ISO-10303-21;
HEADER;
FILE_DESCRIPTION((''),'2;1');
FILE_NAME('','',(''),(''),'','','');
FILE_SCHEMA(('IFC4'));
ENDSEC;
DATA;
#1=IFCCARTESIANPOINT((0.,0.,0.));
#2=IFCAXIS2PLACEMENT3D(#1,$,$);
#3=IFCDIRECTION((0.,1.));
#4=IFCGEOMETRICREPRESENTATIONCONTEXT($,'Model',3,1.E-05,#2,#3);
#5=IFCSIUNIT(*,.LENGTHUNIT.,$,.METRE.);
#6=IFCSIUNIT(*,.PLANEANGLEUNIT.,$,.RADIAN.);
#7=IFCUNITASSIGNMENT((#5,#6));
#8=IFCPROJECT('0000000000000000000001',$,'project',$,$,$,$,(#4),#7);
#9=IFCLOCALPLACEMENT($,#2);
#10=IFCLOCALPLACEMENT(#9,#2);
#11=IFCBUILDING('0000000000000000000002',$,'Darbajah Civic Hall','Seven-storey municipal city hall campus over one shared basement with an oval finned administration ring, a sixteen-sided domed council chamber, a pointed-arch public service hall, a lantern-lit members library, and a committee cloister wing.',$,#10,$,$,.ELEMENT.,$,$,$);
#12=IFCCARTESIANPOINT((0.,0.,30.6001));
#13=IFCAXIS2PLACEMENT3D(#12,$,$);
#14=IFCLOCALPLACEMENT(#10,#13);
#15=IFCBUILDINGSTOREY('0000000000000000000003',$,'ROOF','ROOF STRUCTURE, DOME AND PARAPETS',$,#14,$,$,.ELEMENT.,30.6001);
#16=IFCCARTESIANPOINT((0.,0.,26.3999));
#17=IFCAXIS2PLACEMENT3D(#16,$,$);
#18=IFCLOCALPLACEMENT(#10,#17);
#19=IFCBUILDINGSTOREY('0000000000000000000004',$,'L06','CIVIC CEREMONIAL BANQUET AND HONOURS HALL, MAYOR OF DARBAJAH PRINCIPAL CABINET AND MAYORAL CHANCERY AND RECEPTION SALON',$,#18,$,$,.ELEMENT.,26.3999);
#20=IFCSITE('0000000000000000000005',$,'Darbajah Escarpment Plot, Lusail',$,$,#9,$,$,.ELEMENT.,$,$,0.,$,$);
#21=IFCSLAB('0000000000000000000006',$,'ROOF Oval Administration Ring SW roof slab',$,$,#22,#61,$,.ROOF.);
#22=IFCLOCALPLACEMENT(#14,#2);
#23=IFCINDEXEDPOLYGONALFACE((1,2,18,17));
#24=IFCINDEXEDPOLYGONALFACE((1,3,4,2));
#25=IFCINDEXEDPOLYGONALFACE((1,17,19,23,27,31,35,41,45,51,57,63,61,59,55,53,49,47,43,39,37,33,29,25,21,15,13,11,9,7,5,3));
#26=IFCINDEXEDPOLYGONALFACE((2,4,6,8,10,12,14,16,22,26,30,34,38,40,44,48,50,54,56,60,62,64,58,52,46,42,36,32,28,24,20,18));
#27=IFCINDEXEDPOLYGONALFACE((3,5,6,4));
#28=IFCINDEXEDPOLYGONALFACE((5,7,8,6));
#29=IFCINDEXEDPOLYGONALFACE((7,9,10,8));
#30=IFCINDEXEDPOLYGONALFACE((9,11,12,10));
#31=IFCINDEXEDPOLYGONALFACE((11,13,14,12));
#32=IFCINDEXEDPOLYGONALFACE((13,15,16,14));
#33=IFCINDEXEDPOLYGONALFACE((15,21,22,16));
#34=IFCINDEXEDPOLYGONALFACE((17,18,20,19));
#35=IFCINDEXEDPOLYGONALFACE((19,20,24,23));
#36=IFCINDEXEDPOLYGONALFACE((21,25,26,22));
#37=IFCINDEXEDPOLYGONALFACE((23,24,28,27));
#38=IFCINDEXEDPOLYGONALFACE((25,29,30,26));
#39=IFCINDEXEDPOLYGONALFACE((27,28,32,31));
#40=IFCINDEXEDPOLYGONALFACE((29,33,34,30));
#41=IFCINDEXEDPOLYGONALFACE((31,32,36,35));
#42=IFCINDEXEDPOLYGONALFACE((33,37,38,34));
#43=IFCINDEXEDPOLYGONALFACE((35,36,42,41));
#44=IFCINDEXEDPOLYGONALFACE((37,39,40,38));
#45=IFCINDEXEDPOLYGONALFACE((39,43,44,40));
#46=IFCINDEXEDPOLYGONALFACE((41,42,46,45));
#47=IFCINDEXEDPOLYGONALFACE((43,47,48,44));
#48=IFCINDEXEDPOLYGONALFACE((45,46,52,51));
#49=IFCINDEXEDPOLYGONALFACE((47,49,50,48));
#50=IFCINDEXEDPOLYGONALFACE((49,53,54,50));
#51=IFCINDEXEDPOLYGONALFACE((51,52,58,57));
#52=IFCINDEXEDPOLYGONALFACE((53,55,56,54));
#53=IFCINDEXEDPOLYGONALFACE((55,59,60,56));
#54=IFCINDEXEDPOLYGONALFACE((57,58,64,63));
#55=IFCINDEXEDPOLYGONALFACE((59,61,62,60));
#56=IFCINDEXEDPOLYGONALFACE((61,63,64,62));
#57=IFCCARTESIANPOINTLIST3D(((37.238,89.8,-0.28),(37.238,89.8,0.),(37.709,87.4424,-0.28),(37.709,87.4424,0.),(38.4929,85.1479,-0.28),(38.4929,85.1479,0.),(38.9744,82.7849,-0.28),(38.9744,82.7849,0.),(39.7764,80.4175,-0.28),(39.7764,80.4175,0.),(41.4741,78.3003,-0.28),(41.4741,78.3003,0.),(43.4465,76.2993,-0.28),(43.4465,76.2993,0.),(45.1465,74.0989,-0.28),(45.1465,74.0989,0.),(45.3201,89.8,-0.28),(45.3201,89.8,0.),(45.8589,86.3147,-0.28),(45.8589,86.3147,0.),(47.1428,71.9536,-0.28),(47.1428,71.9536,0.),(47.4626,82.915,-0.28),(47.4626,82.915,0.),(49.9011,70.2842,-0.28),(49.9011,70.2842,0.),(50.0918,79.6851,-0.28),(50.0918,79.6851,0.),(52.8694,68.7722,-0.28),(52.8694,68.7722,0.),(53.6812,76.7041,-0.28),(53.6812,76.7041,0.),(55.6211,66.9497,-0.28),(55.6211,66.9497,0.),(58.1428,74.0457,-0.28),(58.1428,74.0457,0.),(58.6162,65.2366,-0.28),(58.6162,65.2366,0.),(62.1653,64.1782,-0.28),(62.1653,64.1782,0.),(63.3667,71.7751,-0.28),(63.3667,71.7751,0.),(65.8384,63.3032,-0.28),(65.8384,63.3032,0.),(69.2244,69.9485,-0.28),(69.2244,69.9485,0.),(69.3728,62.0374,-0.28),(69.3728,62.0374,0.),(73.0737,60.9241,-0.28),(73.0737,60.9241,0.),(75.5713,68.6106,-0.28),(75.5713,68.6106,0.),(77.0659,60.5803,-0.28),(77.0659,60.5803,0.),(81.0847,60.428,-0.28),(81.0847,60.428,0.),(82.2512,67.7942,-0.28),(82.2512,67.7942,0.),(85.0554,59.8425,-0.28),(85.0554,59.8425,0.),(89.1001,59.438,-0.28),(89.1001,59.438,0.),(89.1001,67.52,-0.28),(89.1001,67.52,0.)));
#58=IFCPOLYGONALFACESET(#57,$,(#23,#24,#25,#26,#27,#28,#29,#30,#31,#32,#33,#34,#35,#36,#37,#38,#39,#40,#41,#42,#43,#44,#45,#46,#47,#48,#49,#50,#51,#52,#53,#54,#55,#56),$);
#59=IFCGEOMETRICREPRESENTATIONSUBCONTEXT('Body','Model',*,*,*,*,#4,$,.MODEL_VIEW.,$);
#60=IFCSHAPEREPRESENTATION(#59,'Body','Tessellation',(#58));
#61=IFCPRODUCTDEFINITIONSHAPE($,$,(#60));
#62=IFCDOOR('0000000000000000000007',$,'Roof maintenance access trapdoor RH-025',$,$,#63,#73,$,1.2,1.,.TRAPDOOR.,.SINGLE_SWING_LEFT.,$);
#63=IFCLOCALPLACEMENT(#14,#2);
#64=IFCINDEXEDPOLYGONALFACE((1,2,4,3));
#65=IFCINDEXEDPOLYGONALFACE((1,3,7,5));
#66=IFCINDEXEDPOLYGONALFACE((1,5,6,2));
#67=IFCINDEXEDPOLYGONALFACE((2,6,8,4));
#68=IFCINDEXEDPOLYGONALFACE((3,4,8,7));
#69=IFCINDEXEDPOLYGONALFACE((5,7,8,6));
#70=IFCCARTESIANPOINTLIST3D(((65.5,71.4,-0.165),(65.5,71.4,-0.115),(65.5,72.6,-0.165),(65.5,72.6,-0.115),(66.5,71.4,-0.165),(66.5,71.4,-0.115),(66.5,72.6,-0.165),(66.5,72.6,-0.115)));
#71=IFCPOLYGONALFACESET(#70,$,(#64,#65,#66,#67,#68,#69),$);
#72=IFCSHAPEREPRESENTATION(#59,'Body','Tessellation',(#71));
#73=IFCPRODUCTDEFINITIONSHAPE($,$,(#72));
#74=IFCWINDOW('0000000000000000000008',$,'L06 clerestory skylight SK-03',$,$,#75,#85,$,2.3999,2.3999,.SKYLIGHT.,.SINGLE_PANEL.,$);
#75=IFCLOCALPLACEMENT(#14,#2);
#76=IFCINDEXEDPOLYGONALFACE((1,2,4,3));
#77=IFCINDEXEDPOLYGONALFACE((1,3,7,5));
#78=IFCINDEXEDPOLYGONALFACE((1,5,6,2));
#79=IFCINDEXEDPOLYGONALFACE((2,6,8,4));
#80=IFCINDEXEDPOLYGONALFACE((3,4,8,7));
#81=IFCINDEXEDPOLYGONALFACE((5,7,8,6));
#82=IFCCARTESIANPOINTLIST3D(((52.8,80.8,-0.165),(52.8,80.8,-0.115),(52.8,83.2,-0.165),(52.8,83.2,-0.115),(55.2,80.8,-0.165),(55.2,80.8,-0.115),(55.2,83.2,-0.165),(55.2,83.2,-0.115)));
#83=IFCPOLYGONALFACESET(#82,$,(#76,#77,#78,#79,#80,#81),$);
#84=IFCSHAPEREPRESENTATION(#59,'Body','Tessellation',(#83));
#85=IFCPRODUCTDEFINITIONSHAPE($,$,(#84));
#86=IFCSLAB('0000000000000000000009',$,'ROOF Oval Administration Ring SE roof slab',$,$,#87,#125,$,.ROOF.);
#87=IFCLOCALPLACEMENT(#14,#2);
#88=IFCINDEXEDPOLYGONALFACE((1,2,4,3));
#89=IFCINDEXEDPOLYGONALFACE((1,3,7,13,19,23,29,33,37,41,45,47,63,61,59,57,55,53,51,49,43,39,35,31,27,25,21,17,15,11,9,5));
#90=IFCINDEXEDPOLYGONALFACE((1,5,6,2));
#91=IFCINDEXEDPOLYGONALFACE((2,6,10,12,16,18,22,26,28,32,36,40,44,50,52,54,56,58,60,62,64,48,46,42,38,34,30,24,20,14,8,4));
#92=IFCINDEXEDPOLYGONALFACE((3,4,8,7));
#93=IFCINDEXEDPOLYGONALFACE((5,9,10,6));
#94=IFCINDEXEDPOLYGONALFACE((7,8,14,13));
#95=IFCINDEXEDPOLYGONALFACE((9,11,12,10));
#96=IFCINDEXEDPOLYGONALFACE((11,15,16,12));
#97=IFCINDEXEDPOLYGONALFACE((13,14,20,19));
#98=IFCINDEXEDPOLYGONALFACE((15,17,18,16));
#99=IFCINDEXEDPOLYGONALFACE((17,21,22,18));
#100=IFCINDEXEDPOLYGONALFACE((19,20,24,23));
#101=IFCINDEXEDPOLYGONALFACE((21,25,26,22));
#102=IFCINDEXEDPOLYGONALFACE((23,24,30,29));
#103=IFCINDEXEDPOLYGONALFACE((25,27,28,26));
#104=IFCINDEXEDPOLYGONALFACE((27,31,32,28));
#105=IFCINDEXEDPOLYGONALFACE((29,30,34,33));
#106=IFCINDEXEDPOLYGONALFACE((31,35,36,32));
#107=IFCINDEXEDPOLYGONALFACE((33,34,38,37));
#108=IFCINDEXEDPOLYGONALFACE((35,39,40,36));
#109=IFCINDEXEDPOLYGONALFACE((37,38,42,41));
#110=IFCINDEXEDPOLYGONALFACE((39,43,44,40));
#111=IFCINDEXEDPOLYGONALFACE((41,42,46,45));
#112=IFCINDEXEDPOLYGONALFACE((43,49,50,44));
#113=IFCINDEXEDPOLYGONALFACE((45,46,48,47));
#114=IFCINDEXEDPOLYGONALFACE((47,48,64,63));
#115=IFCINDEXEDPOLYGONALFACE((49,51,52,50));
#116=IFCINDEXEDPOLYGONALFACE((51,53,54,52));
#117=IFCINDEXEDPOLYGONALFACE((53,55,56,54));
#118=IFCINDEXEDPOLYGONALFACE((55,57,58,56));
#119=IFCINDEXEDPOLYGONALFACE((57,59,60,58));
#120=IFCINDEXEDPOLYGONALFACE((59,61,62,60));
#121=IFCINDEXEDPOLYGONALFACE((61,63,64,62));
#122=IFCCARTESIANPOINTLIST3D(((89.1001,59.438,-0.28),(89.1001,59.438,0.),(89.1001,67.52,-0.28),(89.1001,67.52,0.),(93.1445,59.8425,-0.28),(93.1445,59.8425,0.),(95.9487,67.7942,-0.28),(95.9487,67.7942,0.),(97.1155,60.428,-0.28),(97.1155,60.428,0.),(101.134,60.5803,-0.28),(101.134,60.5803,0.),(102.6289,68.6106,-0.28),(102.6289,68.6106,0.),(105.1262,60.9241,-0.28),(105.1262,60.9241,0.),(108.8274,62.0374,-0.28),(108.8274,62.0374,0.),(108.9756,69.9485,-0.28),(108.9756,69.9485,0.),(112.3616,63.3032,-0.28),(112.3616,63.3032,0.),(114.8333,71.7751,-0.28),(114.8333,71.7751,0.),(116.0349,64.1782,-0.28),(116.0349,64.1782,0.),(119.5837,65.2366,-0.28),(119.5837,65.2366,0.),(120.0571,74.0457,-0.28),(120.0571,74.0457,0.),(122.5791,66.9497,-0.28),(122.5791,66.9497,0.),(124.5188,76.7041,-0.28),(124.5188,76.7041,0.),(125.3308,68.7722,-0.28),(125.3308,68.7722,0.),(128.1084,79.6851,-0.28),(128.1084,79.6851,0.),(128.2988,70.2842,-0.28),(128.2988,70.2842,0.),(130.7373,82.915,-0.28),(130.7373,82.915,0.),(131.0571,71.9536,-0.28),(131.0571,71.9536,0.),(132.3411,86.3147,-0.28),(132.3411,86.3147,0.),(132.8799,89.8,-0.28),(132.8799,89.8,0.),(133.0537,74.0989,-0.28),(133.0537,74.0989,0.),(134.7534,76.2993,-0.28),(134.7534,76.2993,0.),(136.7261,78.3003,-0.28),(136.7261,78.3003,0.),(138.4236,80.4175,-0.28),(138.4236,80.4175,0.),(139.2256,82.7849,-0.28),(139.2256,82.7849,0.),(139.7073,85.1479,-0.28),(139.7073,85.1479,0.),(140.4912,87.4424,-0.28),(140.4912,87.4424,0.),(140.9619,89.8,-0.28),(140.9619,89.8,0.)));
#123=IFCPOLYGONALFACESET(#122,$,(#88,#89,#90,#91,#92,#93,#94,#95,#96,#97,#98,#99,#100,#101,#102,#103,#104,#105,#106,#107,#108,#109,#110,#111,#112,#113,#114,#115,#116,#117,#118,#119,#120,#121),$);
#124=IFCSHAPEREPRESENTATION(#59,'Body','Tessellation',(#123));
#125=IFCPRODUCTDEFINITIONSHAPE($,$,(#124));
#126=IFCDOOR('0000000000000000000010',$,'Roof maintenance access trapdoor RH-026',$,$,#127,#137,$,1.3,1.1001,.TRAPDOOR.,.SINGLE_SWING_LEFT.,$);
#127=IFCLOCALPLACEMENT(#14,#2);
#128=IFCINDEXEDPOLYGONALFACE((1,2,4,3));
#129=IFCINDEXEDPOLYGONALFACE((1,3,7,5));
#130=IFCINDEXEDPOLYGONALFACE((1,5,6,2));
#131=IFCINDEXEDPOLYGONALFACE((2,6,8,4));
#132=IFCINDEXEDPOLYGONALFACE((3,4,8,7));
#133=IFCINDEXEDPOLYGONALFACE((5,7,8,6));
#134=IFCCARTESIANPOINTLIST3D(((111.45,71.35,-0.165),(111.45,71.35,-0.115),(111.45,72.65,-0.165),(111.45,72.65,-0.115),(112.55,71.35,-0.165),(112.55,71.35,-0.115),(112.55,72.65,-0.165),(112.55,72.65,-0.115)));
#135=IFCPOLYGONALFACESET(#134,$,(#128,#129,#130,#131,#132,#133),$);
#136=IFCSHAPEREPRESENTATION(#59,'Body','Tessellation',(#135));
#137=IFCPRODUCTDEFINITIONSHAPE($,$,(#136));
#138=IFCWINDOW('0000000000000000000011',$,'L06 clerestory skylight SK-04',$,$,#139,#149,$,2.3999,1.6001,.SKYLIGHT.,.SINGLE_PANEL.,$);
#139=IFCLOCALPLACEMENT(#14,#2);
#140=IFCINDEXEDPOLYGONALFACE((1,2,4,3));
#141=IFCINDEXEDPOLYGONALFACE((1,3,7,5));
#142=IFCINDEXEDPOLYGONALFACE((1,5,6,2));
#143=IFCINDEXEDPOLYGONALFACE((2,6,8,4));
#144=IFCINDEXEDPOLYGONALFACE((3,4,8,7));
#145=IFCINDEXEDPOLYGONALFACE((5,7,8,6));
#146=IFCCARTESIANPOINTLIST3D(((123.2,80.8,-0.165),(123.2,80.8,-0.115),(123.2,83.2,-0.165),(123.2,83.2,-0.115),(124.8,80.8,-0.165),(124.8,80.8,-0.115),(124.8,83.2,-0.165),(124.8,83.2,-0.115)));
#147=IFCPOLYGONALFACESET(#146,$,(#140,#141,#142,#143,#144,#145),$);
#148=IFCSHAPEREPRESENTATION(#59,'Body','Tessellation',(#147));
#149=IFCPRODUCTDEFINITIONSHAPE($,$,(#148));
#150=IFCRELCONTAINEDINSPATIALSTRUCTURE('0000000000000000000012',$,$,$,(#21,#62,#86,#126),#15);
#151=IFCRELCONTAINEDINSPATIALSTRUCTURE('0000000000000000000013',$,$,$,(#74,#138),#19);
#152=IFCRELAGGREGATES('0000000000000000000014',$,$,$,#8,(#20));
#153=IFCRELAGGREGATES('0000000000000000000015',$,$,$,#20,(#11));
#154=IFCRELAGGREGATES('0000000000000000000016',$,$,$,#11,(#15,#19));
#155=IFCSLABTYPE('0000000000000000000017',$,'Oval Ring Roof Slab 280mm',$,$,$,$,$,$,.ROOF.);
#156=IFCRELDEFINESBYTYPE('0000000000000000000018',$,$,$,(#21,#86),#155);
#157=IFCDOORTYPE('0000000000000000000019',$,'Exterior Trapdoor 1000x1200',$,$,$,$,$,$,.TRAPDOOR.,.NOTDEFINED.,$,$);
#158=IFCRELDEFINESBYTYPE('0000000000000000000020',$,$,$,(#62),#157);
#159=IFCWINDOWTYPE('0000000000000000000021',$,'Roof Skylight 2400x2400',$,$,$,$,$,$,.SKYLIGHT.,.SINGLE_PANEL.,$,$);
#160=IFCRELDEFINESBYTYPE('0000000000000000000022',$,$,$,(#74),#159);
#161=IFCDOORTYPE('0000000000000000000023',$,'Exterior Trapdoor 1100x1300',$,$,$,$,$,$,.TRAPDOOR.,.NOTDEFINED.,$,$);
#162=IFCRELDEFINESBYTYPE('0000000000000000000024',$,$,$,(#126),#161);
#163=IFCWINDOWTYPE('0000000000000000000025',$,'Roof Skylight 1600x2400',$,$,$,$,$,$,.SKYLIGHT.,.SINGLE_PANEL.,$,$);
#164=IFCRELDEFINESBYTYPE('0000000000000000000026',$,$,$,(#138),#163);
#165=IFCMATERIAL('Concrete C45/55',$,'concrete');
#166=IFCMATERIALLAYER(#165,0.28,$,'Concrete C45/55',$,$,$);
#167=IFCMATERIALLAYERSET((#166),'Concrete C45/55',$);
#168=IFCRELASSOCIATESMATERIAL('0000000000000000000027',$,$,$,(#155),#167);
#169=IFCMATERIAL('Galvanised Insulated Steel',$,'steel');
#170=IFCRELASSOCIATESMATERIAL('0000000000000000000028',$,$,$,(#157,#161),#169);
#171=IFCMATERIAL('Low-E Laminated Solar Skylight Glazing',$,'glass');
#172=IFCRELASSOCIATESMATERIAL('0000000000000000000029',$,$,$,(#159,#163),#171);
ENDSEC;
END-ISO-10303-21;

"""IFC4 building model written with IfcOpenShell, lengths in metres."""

from ifc_helpers import new_model, si_unit, direction, frame, origin, origin_2d, place, context, subcontext, project, spatial, polyline, rectangle, outline, extrude, material, layer, layer_set, type_object, element, fill, save


model = new_model("IFC4")

# Units and contexts
model_context = context("Model", 3, precision=1e-05, world=origin(), true_north=direction((0.0, 1.0)))
body_context = subcontext(model_context, "Body", "Model", "MODEL_VIEW")
ifc_project = project(units=[si_unit("LENGTHUNIT", "METRE"), si_unit("PLANEANGLEUNIT", "RADIAN")], contexts=[model_context])

# Site, building, storey
site_placement = place(None, origin())
site = spatial("IfcSite", under=ifc_project, at=site_placement, Name="Darbajah Escarpment Plot, Lusail", CompositionType="ELEMENT", RefElevation=0.0)
building_placement = place(site_placement, origin())
building = spatial("IfcBuilding", under=site, at=building_placement, Name="Darbajah Civic Hall", Description="Seven-storey municipal city hall campus over one shared basement with an oval finned administration ring, a sixteen-sided domed council chamber, a pointed-arch public service hall, a lantern-lit members library, and a committee cloister wing.", CompositionType="ELEMENT")
storey_1_placement = place(building_placement, frame((0.0, 0.0, 30.6001)))
storey_1 = spatial("IfcBuildingStorey", under=building, at=storey_1_placement, Name="ROOF", Description="ROOF STRUCTURE, DOME AND PARAPETS", CompositionType="ELEMENT", Elevation=30.6001)

# Shared definitions
ifc_material_1 = material(Name="Concrete C45/55", Category="concrete")
ifc_layer_1 = layer(ifc_material_1, 0.28, Name="Concrete C45/55")
ifc_layer_set_1 = layer_set([ifc_layer_1], Name="Concrete C45/55")
slab_type = type_object("IfcSlabType", Name="Oval Ring Roof Slab 280mm", PredefinedType="ROOF", material=ifc_layer_set_1)
ifc_material_2 = material(Name="Galvanised Insulated Steel", Category="steel")
door_type_1 = type_object("IfcDoorType", Name="Exterior Trapdoor 1000x1200", OperationType="NOTDEFINED", PredefinedType="TRAPDOOR", material=ifc_material_2)
door_type_2 = type_object("IfcDoorType", Name="Exterior Trapdoor 1100x1300", OperationType="NOTDEFINED", PredefinedType="TRAPDOOR", material=ifc_material_2)

# Shared definitions
storey_2_placement = place(building_placement, frame((0.0, 0.0, 26.3999)))
storey_2 = spatial("IfcBuildingStorey", under=building, at=storey_2_placement, Name="L06", Description="CIVIC CEREMONIAL BANQUET AND HONOURS HALL, MAYOR OF DARBAJAH PRINCIPAL CABINET AND MAYORAL CHANCERY AND RECEPTION SALON", CompositionType="ELEMENT", Elevation=26.3999)

# Shared definitions
ifc_material_3 = material(Name="Low-E Laminated Solar Skylight Glazing", Category="glass")

# Slabs, openings, doors, windows
slab_1_placement = place(storey_1_placement, frame((0.0, 0.0, -0.28)))
slab_1 = element("IfcSlab", 1, at=slab_1_placement, inside=storey_1, type_object=slab_type, Name="ROOF Oval Administration Ring SW roof slab", PredefinedType="ROOF", context=body_context, shape_type="SweptSolid", body=[
    extrude(outline(polyline([(37.238, 89.8), (37.709, 87.4424), (38.4929, 85.1479), (38.9744, 82.7849), (39.7764, 80.4175), (41.4741, 78.3003), (43.4465, 76.2993), (45.1465, 74.0989), (47.1428, 71.9536), (49.9011, 70.2842), (52.8694, 68.7722), (55.6211, 66.9497), (58.6162, 65.2366), (62.1653, 64.1782), (65.8384, 63.3032), (69.3728, 62.0374), (73.0737, 60.9241), (77.0659, 60.5803), (81.0847, 60.428), (85.0554, 59.8425), (89.1001, 59.438), (89.1001, 67.52), (82.2512, 67.7942), (75.5713, 68.6106), (69.2244, 69.9485), (63.3667, 71.7751), (58.1428, 74.0457), (53.6812, 76.7041), (50.0918, 79.6851), (47.4626, 82.915), (45.8589, 86.3147), (45.3201, 89.8), (37.238, 89.8)])), origin(), (0.0, 0.0, 1.0), 0.28),
])
opening_1_placement = place(slab_1_placement, frame((66.0, 72.0, 0.0)))
opening_1 = element("IfcOpeningElement", 2, at=opening_1_placement, cuts=slab_1, PredefinedType="OPENING", context=body_context, shape_type="SweptSolid", body=[
    extrude(rectangle(XDim=1.0, YDim=1.2, at=origin_2d()), frame((0.0, 0.0, -0.01)), (0.0, 0.0, 1.0), 0.3),
])
opening_2_placement = place(slab_1_placement, frame((54.0, 82.0, 0.0)))
opening_2 = element("IfcOpeningElement", 3, at=opening_2_placement, cuts=slab_1, PredefinedType="OPENING", context=body_context, shape_type="SweptSolid", body=[
    extrude(rectangle(XDim=2.3999, YDim=2.3999, at=origin_2d()), frame((0.0, 0.0, -0.01)), (0.0, 0.0, 1.0), 0.3),
])
door_1_placement = place(opening_1_placement, frame((0.0, 0.0, 0.115)))
door_1 = element("IfcDoor", 4, at=door_1_placement, inside=storey_1, type_object=door_type_1, Name="Roof maintenance access trapdoor RH-025", OperationType="SINGLE_SWING_LEFT", OverallHeight=1.2, OverallWidth=1.0, PredefinedType="TRAPDOOR", context=body_context, shape_type="SweptSolid", body=[
    extrude(rectangle(XDim=1.0, YDim=1.2, at=origin_2d()), origin(), (0.0, 0.0, 1.0), 0.05),
])
fill(opening_1, door_1)
window_type_1 = type_object("IfcWindowType", Name="Roof Skylight 2400x2400", PartitioningType="SINGLE_PANEL", PredefinedType="SKYLIGHT", material=ifc_material_3)
window_1_placement = place(opening_2_placement, frame((0.0, 0.0, 0.115)))
window_1 = element("IfcWindow", 5, at=window_1_placement, inside=storey_2, type_object=window_type_1, Name="L06 clerestory skylight SK-03", OverallHeight=2.3999, OverallWidth=2.3999, PartitioningType="SINGLE_PANEL", PredefinedType="SKYLIGHT", context=body_context, shape_type="SweptSolid", body=[
    extrude(rectangle(XDim=2.3999, YDim=2.3999, at=origin_2d()), origin(), (0.0, 0.0, 1.0), 0.05),
])
fill(opening_2, window_1)
slab_2_placement = place(storey_1_placement, frame((0.0, 0.0, -0.28)))
slab_2 = element("IfcSlab", 6, at=slab_2_placement, inside=storey_1, type_object=slab_type, Name="ROOF Oval Administration Ring SE roof slab", PredefinedType="ROOF", context=body_context, shape_type="SweptSolid", body=[
    extrude(outline(polyline([(89.1001, 59.438), (93.1445, 59.8425), (97.1155, 60.428), (101.134, 60.5803), (105.1262, 60.9241), (108.8274, 62.0374), (112.3616, 63.3032), (116.0349, 64.1782), (119.5837, 65.2366), (122.5791, 66.9497), (125.3308, 68.7722), (128.2988, 70.2842), (131.0571, 71.9536), (133.0537, 74.0989), (134.7534, 76.2993), (136.7261, 78.3003), (138.4236, 80.4175), (139.2256, 82.7849), (139.7073, 85.1479), (140.4912, 87.4424), (140.9619, 89.8), (132.8799, 89.8), (132.3411, 86.3147), (130.7373, 82.915), (128.1084, 79.6851), (124.5188, 76.7041), (120.0571, 74.0457), (114.8333, 71.7751), (108.9756, 69.9485), (102.6289, 68.6106), (95.9487, 67.7942), (89.1001, 67.52), (89.1001, 59.438)])), origin(), (0.0, 0.0, 1.0), 0.28),
])
opening_3_placement = place(slab_2_placement, frame((112.0, 72.0, 0.0)))
opening_3 = element("IfcOpeningElement", 7, at=opening_3_placement, cuts=slab_2, PredefinedType="OPENING", context=body_context, shape_type="SweptSolid", body=[
    extrude(rectangle(XDim=1.1001, YDim=1.3, at=origin_2d()), frame((0.0, 0.0, -0.01)), (0.0, 0.0, 1.0), 0.3),
])
opening_4_placement = place(slab_2_placement, frame((124.0, 82.0, 0.0)))
opening_4 = element("IfcOpeningElement", 8, at=opening_4_placement, cuts=slab_2, PredefinedType="OPENING", context=body_context, shape_type="SweptSolid", body=[
    extrude(rectangle(XDim=1.6001, YDim=2.3999, at=origin_2d()), frame((0.0, 0.0, -0.01)), (0.0, 0.0, 1.0), 0.3),
])
door_2_placement = place(opening_3_placement, frame((0.0, 0.0, 0.115)))
door_2 = element("IfcDoor", 9, at=door_2_placement, inside=storey_1, type_object=door_type_2, Name="Roof maintenance access trapdoor RH-026", OperationType="SINGLE_SWING_LEFT", OverallHeight=1.3, OverallWidth=1.1001, PredefinedType="TRAPDOOR", context=body_context, shape_type="SweptSolid", body=[
    extrude(rectangle(XDim=1.1001, YDim=1.3, at=origin_2d()), origin(), (0.0, 0.0, 1.0), 0.05),
])
fill(opening_3, door_2)
window_type_2 = type_object("IfcWindowType", Name="Roof Skylight 1600x2400", PartitioningType="SINGLE_PANEL", PredefinedType="SKYLIGHT", material=ifc_material_3)
window_2_placement = place(opening_4_placement, frame((0.0, 0.0, 0.115)))
window_2 = element("IfcWindow", 10, at=window_2_placement, inside=storey_2, type_object=window_type_2, Name="L06 clerestory skylight SK-04", OverallHeight=2.3999, OverallWidth=1.6001, PartitioningType="SINGLE_PANEL", PredefinedType="SKYLIGHT", context=body_context, shape_type="SweptSolid", body=[
    extrude(rectangle(XDim=1.6001, YDim=2.3999, at=origin_2d()), origin(), (0.0, 0.0, 1.0), 0.05),
])
fill(opening_4, window_2)

save(model, "model.ifc")
